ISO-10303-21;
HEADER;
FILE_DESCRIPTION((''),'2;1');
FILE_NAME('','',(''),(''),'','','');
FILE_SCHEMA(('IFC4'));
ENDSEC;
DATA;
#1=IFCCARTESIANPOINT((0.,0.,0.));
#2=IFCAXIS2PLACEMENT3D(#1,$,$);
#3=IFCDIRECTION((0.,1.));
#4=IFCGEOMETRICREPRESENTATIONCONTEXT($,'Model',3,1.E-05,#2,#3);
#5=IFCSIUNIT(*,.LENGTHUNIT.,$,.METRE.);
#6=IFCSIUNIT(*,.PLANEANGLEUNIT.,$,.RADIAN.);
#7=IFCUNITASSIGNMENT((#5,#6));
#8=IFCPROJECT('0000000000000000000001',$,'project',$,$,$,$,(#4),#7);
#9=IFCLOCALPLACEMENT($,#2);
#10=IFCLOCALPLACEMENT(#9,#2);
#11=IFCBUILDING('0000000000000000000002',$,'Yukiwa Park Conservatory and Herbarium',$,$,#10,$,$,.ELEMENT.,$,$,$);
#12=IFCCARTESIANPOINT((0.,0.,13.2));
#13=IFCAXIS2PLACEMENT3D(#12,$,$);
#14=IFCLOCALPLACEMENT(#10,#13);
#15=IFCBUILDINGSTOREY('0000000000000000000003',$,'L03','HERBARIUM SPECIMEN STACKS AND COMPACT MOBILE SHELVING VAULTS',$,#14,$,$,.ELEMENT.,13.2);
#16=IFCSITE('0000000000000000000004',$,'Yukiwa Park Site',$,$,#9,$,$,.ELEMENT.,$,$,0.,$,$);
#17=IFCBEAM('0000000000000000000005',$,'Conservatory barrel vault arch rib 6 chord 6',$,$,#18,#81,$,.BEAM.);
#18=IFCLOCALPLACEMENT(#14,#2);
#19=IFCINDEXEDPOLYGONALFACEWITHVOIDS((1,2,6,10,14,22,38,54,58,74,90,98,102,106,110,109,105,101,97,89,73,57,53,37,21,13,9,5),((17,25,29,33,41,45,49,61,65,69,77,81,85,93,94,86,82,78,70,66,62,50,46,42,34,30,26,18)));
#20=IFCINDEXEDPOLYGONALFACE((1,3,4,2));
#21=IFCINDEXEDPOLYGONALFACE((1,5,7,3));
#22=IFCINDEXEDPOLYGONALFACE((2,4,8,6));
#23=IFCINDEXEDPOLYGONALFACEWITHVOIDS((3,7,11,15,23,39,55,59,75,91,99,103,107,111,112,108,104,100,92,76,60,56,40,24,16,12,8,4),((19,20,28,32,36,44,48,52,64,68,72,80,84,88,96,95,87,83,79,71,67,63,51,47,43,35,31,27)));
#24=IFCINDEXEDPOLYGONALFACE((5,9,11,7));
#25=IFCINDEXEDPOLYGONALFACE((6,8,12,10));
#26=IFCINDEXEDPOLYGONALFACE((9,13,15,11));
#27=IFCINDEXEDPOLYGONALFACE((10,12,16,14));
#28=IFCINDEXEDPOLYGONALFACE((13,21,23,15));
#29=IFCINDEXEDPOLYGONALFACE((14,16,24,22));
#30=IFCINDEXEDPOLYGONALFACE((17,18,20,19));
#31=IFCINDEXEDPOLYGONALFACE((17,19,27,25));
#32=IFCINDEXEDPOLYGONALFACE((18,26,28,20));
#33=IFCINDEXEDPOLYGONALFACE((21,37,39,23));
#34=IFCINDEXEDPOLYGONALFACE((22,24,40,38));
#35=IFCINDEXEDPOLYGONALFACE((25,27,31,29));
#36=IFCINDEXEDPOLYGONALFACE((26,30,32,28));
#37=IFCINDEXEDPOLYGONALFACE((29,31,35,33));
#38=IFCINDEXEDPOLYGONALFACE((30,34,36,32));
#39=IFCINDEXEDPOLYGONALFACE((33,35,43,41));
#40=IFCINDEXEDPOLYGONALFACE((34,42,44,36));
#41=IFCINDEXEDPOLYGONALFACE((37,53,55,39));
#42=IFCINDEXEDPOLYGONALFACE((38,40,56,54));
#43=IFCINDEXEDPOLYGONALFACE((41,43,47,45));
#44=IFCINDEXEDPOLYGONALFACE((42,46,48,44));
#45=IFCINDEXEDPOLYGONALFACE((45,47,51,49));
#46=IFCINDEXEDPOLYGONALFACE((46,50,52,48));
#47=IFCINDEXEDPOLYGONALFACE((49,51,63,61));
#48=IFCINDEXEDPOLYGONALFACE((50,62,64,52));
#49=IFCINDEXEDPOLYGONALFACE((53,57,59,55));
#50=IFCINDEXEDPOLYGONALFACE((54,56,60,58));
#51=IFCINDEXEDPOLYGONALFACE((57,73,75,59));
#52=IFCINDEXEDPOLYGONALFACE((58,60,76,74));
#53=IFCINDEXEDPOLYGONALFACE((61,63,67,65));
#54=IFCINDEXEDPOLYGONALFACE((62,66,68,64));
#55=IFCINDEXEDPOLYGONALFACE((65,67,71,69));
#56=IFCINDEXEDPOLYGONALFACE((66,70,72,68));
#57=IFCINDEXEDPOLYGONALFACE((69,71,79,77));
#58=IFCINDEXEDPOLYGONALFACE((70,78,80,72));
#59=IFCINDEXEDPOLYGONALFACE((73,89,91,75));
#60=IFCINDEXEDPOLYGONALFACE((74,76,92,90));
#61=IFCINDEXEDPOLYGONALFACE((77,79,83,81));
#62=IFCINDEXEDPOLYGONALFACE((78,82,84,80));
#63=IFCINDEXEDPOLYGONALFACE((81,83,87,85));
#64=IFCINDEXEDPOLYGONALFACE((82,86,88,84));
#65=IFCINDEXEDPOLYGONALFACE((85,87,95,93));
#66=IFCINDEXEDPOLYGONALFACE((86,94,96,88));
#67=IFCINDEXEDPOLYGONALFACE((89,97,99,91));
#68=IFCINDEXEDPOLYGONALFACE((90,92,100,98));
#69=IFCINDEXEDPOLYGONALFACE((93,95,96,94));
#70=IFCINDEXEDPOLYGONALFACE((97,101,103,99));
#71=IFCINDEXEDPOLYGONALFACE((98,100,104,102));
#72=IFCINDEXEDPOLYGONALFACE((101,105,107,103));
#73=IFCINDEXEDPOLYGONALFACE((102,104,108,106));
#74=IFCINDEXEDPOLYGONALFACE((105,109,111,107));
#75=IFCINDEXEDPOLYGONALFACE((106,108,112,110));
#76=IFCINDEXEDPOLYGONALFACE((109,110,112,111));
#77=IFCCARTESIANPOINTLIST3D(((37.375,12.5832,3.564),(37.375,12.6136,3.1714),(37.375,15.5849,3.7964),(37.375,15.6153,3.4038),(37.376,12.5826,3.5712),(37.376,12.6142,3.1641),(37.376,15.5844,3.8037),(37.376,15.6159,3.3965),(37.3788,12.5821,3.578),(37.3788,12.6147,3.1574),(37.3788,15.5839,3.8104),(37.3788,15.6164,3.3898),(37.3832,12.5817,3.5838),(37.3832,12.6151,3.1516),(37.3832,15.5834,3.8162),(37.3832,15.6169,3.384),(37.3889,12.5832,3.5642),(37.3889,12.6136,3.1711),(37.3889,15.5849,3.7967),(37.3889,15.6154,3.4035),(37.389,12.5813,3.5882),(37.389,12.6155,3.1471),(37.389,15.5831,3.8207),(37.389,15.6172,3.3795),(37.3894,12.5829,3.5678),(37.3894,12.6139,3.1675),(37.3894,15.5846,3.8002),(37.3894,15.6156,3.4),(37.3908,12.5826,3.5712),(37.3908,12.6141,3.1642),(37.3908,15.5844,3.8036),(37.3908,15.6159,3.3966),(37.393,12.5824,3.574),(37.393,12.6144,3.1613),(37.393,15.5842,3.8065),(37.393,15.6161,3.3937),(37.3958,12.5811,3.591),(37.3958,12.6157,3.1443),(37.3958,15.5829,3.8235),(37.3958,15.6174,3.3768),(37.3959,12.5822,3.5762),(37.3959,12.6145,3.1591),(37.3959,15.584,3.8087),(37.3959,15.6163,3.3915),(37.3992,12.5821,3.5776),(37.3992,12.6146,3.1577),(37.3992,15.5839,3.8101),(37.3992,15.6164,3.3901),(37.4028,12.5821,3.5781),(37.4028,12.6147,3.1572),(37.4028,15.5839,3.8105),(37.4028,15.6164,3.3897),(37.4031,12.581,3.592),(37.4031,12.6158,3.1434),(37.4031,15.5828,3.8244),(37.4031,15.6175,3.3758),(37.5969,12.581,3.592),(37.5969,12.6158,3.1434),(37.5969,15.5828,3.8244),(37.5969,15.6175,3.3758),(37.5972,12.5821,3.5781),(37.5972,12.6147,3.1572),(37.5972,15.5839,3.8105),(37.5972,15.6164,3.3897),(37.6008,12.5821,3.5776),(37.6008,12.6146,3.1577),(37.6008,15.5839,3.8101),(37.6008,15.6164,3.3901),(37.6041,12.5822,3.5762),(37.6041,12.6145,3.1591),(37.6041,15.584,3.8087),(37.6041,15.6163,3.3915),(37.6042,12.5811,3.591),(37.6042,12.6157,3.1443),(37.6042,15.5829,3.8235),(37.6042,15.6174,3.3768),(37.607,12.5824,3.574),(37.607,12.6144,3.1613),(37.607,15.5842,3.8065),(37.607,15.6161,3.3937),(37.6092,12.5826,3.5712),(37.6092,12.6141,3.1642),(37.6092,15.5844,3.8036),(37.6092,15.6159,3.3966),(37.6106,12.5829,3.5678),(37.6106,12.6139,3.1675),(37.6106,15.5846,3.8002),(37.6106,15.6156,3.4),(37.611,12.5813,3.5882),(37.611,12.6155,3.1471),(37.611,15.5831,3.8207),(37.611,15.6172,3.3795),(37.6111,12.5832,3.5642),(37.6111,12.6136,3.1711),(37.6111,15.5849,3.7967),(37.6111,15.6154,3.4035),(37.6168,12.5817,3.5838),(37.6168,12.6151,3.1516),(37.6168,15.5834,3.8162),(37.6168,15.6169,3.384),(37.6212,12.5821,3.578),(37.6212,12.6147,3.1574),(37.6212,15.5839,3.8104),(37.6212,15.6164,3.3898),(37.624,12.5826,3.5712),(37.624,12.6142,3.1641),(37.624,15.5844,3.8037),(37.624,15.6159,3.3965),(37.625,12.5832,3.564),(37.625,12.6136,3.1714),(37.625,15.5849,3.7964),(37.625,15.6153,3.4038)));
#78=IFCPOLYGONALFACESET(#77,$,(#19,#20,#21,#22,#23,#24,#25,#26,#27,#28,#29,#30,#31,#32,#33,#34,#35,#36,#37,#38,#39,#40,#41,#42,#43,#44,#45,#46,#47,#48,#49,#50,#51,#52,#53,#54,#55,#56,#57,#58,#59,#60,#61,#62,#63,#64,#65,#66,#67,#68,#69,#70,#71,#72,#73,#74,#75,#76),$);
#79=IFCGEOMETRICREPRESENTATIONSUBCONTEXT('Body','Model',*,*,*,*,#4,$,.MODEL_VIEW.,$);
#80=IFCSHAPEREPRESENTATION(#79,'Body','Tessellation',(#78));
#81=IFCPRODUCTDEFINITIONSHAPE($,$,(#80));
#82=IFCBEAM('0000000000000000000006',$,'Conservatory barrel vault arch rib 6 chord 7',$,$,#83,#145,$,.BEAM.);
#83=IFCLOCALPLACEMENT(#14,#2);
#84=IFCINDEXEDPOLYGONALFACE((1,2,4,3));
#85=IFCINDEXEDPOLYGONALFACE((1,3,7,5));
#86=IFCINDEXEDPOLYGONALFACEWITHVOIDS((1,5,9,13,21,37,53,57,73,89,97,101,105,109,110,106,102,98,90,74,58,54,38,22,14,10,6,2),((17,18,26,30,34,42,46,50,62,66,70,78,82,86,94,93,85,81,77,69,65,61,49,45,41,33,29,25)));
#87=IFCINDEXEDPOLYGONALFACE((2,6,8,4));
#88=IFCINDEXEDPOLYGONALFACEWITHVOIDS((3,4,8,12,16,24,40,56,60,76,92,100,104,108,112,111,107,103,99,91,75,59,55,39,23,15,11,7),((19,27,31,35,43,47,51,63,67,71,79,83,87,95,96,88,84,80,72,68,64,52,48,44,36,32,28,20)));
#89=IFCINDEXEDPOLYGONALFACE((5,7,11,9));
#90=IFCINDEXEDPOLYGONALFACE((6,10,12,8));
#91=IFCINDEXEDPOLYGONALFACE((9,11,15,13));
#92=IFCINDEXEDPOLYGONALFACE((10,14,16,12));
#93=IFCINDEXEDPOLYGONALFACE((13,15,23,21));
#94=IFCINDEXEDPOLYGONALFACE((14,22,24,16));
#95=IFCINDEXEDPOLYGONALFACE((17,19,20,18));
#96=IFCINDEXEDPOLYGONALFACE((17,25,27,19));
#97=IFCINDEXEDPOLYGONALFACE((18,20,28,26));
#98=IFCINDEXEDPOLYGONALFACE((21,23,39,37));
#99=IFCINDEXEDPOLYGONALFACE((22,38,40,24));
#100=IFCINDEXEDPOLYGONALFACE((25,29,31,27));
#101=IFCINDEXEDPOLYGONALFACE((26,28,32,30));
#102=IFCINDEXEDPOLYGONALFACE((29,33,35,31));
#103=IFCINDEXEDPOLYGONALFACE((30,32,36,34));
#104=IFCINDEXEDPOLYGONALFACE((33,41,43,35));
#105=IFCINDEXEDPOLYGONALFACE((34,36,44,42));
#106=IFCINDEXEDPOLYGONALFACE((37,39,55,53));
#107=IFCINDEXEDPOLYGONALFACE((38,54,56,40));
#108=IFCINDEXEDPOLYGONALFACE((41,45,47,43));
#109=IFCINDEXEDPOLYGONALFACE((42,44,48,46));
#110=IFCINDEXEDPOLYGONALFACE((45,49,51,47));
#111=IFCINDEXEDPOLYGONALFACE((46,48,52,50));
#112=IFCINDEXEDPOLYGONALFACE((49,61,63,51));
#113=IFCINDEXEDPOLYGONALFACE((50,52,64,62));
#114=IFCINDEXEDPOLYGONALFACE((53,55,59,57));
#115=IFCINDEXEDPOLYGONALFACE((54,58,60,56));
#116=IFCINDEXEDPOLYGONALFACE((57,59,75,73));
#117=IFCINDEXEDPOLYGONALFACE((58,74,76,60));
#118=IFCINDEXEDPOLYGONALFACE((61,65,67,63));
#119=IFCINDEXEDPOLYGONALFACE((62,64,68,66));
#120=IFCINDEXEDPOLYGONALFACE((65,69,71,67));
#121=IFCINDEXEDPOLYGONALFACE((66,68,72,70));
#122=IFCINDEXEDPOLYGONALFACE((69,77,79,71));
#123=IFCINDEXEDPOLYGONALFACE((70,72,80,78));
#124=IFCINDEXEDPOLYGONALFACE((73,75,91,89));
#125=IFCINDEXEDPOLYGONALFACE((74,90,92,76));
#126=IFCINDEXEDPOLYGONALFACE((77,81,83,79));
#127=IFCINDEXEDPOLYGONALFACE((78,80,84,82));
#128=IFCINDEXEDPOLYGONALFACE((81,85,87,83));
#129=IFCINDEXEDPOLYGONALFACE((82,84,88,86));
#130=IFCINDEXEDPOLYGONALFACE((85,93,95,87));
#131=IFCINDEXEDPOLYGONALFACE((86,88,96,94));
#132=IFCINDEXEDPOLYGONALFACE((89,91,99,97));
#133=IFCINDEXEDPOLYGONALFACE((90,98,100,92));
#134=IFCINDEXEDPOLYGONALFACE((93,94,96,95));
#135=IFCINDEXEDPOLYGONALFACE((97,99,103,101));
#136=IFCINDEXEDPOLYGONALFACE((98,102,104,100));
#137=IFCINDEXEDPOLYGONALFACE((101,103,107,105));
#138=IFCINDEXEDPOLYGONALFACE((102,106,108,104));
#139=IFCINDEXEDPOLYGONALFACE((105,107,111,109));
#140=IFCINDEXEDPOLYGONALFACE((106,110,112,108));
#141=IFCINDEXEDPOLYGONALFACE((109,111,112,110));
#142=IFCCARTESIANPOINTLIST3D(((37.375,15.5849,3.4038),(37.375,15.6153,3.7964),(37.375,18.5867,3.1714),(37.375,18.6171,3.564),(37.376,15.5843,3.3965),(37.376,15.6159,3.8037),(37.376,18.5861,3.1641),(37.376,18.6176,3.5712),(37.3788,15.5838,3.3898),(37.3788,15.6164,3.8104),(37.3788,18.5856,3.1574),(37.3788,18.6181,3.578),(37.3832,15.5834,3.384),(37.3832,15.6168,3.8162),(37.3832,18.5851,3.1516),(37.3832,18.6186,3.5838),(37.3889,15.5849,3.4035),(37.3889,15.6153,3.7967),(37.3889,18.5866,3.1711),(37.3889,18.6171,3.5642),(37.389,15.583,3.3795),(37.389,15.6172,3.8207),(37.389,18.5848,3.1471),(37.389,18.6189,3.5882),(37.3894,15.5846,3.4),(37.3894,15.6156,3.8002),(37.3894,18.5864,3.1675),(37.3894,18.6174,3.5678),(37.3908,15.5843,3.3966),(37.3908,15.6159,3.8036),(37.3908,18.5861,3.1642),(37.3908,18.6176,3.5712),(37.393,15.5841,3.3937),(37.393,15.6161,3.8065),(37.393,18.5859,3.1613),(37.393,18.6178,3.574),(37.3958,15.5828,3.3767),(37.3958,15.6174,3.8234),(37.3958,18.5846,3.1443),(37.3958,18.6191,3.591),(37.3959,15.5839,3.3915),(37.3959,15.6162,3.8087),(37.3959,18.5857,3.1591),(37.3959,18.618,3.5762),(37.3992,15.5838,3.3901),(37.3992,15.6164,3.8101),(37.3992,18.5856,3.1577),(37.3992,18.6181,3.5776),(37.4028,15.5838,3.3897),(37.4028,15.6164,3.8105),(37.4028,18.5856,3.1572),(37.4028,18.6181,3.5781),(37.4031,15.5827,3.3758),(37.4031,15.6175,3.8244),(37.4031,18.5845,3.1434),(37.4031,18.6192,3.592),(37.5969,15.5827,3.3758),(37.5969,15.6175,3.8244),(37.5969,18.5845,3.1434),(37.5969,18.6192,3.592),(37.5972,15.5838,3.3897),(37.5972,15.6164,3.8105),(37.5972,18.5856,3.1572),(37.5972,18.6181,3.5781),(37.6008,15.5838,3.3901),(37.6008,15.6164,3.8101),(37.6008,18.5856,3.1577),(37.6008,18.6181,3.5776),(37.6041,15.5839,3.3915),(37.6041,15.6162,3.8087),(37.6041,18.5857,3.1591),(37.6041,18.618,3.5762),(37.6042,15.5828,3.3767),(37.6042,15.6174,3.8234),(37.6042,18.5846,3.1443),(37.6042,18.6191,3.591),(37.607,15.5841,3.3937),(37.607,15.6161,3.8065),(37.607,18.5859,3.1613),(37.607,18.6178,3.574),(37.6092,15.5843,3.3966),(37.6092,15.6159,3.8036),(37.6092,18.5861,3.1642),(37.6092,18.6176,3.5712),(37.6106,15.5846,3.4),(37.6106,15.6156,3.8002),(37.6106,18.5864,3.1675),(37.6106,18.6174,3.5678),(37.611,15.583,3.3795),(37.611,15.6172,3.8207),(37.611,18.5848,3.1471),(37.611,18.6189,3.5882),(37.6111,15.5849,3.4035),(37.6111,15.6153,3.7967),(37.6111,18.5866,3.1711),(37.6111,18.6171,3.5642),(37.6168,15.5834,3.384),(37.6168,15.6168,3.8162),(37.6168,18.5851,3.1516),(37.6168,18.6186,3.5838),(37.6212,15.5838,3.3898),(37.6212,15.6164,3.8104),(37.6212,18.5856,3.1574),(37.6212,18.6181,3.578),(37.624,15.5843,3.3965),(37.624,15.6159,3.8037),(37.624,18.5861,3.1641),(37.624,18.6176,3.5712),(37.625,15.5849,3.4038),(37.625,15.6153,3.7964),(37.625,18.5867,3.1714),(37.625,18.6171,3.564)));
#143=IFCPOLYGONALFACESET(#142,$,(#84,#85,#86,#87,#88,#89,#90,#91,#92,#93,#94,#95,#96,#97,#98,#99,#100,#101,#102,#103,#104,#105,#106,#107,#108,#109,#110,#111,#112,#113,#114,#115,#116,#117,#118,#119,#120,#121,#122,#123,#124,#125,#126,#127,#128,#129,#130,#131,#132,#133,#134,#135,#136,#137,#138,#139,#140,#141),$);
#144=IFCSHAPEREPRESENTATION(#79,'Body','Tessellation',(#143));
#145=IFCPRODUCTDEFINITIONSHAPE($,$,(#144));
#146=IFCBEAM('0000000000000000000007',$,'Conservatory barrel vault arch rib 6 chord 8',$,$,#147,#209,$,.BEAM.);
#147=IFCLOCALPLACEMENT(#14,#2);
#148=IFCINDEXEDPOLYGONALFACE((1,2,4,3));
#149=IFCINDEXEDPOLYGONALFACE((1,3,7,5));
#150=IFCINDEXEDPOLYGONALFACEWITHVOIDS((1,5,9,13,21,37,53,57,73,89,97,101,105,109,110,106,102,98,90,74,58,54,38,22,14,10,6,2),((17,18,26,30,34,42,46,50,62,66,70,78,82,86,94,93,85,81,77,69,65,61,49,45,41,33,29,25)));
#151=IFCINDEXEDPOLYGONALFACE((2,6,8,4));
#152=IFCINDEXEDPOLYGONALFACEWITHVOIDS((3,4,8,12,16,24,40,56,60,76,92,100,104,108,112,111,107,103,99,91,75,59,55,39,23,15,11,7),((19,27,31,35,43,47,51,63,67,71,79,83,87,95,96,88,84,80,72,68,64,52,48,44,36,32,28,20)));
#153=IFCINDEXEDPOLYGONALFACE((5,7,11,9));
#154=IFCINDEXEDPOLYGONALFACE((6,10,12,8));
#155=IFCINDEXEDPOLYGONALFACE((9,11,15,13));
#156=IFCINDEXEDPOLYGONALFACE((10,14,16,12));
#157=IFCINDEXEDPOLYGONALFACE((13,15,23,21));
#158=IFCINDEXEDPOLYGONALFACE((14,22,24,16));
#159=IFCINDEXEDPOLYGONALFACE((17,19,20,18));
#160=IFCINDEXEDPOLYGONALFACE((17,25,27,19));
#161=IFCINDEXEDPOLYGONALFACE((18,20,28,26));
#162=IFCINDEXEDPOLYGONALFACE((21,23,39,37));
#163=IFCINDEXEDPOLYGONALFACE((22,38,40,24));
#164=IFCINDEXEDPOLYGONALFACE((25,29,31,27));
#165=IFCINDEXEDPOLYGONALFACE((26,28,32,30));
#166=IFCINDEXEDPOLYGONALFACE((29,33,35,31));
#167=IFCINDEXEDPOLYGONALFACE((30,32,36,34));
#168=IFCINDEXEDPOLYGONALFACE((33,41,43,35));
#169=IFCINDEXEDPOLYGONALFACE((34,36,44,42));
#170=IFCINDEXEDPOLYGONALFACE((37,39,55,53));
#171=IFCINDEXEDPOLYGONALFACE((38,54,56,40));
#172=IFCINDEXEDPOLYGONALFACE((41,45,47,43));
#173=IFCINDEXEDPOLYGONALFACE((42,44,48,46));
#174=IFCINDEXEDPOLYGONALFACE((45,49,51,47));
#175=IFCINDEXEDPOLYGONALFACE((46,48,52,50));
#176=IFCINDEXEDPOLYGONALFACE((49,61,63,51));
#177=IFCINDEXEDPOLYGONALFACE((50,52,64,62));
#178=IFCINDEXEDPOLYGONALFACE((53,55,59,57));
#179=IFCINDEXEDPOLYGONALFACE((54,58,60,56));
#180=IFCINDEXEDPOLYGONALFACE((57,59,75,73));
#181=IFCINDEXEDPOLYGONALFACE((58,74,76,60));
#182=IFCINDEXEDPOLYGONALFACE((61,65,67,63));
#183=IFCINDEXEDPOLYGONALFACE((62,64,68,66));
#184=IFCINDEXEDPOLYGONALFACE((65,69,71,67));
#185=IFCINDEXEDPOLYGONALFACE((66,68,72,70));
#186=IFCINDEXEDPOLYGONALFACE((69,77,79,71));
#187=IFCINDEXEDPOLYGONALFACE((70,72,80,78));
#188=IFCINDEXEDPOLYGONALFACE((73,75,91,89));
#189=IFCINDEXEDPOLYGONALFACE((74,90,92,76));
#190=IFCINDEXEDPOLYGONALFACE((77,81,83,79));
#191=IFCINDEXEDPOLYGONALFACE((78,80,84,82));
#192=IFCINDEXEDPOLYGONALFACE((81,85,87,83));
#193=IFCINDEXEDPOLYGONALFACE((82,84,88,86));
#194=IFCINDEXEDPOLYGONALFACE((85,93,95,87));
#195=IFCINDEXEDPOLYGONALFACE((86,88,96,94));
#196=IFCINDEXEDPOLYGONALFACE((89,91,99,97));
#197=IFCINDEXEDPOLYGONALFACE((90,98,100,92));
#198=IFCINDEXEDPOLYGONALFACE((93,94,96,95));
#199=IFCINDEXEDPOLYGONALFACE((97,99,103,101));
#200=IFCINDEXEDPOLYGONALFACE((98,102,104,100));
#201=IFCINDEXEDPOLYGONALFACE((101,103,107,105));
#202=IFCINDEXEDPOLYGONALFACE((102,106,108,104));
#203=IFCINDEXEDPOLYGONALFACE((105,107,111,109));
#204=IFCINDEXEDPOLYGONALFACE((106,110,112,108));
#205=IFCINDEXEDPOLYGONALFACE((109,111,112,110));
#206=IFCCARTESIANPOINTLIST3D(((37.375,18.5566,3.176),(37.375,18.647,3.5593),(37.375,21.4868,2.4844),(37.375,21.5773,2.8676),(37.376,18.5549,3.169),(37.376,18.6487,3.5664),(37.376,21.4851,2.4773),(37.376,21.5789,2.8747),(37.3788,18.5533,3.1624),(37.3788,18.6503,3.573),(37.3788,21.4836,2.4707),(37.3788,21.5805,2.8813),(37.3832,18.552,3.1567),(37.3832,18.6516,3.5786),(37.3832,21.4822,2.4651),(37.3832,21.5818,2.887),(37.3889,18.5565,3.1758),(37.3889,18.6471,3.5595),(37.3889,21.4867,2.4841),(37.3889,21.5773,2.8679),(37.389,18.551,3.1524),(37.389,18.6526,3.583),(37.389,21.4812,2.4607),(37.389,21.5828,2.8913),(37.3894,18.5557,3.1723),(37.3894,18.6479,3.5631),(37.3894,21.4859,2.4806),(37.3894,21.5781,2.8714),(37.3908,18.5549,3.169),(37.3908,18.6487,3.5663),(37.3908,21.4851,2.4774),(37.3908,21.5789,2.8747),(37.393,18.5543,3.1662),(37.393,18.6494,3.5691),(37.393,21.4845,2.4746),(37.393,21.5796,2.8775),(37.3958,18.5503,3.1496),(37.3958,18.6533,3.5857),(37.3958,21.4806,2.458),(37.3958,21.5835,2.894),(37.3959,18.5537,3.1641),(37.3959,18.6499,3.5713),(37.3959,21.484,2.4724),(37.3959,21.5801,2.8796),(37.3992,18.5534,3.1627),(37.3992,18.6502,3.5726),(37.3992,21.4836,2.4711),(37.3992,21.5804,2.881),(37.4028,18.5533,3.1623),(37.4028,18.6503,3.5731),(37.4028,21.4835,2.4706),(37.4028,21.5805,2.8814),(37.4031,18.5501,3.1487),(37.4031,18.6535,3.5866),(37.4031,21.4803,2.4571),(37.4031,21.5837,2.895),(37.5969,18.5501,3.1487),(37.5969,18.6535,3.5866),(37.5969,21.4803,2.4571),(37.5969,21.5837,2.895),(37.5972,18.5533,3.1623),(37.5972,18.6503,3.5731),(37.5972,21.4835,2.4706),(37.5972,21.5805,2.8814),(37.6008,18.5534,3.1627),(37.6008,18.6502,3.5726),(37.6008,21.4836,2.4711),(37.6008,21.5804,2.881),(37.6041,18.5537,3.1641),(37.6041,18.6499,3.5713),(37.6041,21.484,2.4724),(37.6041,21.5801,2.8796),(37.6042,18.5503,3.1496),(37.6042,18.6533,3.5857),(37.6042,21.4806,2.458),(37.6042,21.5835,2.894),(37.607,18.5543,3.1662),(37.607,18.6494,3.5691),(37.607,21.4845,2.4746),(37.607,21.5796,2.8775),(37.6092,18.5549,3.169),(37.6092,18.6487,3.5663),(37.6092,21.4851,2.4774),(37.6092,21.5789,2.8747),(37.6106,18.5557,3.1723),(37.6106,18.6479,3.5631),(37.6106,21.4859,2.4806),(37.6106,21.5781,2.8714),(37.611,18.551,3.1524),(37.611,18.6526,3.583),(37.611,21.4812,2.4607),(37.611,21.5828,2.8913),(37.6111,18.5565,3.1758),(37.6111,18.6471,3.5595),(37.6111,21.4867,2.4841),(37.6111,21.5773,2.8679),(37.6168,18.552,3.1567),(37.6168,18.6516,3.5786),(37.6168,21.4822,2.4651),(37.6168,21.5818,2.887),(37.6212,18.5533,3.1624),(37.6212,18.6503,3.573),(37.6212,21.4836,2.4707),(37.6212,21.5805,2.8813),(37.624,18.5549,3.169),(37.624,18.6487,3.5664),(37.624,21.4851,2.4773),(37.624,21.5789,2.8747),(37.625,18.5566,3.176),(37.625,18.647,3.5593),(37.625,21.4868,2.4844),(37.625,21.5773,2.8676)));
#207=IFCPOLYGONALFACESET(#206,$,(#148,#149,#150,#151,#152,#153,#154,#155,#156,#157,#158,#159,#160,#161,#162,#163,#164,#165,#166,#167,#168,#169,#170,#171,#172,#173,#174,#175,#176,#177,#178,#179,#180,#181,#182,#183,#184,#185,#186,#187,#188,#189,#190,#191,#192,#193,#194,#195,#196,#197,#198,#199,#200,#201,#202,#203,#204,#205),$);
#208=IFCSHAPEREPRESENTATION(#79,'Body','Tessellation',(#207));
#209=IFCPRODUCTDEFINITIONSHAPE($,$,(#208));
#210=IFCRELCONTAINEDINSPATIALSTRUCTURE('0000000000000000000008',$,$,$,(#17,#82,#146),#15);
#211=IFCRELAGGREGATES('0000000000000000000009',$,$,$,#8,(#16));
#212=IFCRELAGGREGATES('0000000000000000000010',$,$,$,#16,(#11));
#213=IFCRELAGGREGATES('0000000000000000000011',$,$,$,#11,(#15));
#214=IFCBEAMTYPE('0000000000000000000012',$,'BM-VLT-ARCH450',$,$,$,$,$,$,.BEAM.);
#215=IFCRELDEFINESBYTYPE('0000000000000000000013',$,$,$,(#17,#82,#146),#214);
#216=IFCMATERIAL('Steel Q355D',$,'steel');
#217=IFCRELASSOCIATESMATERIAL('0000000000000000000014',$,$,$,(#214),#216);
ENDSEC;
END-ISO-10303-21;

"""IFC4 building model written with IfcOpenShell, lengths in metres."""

from ifc_helpers import new_model, si_unit, direction, frame, origin, origin_2d, place, context, subcontext, project, spatial, hollow_rectangle, extrude, material, material_profile, profile_set, type_object, element, save


model = new_model("IFC4")

# Units and contexts
model_context = context("Model", 3, precision=1e-05, world=origin(), true_north=direction((0.0, 1.0)))
body_context = subcontext(model_context, "Body", "Model", "MODEL_VIEW")
ifc_project = project(units=[si_unit("LENGTHUNIT", "METRE"), si_unit("PLANEANGLEUNIT", "RADIAN")], contexts=[model_context])

# Site, building, storey
site_placement = place(None, origin())
site = spatial("IfcSite", under=ifc_project, at=site_placement, Name="Yukiwa Park Site", CompositionType="ELEMENT", RefElevation=0.0)
building_placement = place(site_placement, origin())
building = spatial("IfcBuilding", under=site, at=building_placement, Name="Yukiwa Park Conservatory and Herbarium", CompositionType="ELEMENT")
storey_placement = place(building_placement, frame((0.0, 0.0, 13.2)))
storey = spatial("IfcBuildingStorey", under=building, at=storey_placement, Name="L03", Description="HERBARIUM SPECIMEN STACKS AND COMPACT MOBILE SHELVING VAULTS", CompositionType="ELEMENT", Elevation=13.2)

# Beams
ifc_material_1 = material(Name="Steel Q355D", Category="steel")
ifc_material_profile_1 = material_profile(ifc_material_1, hollow_rectangle(XDim=0.25, YDim=0.45, WallThickness=0.0139, InnerFilletRadius=0.0139, OuterFilletRadius=0.0281, at=origin_2d()), Name="RHS 450x250x14")
ifc_profile_set_1 = profile_set([ifc_material_profile_1], Name="Steel Q355D")
beam_type = type_object("IfcBeamType", Name="BM-VLT-ARCH450", PredefinedType="BEAM", material=ifc_profile_set_1)
for number, where, z_axis, x_axis, name in (
    (1, (37.5, 12.5984, 3.3677), (0.0, 0.997016, 0.077199), (-1.0, 0.0, 0.0), "Conservatory barrel vault arch rib 6 chord 6"),
    (2, (37.5, 15.6001, 3.6001), (0.0, 0.997016, -0.077199), (-1.0, 0.0, 0.0), "Conservatory barrel vault arch rib 6 chord 7"),
    (3, (37.5, 18.6018, 3.3677), (0.0, 0.973254, -0.229731), (-1.0, 0.0, 0.0), "Conservatory barrel vault arch rib 6 chord 8"),
):
    element("IfcBeam", number, at=place(storey_placement, frame(where, z_axis=z_axis, x_axis=x_axis)), inside=storey, type_object=beam_type, Name=name, PredefinedType="BEAM", context=body_context, shape_type="SweptSolid", body=[
        extrude(hollow_rectangle(XDim=0.25, YDim=0.45, WallThickness=0.0139, InnerFilletRadius=0.0139, OuterFilletRadius=0.0281, at=origin_2d()), origin(), (0.0, 0.0, 1.0), 3.0107),
    ])

save(model, "model.ifc")
